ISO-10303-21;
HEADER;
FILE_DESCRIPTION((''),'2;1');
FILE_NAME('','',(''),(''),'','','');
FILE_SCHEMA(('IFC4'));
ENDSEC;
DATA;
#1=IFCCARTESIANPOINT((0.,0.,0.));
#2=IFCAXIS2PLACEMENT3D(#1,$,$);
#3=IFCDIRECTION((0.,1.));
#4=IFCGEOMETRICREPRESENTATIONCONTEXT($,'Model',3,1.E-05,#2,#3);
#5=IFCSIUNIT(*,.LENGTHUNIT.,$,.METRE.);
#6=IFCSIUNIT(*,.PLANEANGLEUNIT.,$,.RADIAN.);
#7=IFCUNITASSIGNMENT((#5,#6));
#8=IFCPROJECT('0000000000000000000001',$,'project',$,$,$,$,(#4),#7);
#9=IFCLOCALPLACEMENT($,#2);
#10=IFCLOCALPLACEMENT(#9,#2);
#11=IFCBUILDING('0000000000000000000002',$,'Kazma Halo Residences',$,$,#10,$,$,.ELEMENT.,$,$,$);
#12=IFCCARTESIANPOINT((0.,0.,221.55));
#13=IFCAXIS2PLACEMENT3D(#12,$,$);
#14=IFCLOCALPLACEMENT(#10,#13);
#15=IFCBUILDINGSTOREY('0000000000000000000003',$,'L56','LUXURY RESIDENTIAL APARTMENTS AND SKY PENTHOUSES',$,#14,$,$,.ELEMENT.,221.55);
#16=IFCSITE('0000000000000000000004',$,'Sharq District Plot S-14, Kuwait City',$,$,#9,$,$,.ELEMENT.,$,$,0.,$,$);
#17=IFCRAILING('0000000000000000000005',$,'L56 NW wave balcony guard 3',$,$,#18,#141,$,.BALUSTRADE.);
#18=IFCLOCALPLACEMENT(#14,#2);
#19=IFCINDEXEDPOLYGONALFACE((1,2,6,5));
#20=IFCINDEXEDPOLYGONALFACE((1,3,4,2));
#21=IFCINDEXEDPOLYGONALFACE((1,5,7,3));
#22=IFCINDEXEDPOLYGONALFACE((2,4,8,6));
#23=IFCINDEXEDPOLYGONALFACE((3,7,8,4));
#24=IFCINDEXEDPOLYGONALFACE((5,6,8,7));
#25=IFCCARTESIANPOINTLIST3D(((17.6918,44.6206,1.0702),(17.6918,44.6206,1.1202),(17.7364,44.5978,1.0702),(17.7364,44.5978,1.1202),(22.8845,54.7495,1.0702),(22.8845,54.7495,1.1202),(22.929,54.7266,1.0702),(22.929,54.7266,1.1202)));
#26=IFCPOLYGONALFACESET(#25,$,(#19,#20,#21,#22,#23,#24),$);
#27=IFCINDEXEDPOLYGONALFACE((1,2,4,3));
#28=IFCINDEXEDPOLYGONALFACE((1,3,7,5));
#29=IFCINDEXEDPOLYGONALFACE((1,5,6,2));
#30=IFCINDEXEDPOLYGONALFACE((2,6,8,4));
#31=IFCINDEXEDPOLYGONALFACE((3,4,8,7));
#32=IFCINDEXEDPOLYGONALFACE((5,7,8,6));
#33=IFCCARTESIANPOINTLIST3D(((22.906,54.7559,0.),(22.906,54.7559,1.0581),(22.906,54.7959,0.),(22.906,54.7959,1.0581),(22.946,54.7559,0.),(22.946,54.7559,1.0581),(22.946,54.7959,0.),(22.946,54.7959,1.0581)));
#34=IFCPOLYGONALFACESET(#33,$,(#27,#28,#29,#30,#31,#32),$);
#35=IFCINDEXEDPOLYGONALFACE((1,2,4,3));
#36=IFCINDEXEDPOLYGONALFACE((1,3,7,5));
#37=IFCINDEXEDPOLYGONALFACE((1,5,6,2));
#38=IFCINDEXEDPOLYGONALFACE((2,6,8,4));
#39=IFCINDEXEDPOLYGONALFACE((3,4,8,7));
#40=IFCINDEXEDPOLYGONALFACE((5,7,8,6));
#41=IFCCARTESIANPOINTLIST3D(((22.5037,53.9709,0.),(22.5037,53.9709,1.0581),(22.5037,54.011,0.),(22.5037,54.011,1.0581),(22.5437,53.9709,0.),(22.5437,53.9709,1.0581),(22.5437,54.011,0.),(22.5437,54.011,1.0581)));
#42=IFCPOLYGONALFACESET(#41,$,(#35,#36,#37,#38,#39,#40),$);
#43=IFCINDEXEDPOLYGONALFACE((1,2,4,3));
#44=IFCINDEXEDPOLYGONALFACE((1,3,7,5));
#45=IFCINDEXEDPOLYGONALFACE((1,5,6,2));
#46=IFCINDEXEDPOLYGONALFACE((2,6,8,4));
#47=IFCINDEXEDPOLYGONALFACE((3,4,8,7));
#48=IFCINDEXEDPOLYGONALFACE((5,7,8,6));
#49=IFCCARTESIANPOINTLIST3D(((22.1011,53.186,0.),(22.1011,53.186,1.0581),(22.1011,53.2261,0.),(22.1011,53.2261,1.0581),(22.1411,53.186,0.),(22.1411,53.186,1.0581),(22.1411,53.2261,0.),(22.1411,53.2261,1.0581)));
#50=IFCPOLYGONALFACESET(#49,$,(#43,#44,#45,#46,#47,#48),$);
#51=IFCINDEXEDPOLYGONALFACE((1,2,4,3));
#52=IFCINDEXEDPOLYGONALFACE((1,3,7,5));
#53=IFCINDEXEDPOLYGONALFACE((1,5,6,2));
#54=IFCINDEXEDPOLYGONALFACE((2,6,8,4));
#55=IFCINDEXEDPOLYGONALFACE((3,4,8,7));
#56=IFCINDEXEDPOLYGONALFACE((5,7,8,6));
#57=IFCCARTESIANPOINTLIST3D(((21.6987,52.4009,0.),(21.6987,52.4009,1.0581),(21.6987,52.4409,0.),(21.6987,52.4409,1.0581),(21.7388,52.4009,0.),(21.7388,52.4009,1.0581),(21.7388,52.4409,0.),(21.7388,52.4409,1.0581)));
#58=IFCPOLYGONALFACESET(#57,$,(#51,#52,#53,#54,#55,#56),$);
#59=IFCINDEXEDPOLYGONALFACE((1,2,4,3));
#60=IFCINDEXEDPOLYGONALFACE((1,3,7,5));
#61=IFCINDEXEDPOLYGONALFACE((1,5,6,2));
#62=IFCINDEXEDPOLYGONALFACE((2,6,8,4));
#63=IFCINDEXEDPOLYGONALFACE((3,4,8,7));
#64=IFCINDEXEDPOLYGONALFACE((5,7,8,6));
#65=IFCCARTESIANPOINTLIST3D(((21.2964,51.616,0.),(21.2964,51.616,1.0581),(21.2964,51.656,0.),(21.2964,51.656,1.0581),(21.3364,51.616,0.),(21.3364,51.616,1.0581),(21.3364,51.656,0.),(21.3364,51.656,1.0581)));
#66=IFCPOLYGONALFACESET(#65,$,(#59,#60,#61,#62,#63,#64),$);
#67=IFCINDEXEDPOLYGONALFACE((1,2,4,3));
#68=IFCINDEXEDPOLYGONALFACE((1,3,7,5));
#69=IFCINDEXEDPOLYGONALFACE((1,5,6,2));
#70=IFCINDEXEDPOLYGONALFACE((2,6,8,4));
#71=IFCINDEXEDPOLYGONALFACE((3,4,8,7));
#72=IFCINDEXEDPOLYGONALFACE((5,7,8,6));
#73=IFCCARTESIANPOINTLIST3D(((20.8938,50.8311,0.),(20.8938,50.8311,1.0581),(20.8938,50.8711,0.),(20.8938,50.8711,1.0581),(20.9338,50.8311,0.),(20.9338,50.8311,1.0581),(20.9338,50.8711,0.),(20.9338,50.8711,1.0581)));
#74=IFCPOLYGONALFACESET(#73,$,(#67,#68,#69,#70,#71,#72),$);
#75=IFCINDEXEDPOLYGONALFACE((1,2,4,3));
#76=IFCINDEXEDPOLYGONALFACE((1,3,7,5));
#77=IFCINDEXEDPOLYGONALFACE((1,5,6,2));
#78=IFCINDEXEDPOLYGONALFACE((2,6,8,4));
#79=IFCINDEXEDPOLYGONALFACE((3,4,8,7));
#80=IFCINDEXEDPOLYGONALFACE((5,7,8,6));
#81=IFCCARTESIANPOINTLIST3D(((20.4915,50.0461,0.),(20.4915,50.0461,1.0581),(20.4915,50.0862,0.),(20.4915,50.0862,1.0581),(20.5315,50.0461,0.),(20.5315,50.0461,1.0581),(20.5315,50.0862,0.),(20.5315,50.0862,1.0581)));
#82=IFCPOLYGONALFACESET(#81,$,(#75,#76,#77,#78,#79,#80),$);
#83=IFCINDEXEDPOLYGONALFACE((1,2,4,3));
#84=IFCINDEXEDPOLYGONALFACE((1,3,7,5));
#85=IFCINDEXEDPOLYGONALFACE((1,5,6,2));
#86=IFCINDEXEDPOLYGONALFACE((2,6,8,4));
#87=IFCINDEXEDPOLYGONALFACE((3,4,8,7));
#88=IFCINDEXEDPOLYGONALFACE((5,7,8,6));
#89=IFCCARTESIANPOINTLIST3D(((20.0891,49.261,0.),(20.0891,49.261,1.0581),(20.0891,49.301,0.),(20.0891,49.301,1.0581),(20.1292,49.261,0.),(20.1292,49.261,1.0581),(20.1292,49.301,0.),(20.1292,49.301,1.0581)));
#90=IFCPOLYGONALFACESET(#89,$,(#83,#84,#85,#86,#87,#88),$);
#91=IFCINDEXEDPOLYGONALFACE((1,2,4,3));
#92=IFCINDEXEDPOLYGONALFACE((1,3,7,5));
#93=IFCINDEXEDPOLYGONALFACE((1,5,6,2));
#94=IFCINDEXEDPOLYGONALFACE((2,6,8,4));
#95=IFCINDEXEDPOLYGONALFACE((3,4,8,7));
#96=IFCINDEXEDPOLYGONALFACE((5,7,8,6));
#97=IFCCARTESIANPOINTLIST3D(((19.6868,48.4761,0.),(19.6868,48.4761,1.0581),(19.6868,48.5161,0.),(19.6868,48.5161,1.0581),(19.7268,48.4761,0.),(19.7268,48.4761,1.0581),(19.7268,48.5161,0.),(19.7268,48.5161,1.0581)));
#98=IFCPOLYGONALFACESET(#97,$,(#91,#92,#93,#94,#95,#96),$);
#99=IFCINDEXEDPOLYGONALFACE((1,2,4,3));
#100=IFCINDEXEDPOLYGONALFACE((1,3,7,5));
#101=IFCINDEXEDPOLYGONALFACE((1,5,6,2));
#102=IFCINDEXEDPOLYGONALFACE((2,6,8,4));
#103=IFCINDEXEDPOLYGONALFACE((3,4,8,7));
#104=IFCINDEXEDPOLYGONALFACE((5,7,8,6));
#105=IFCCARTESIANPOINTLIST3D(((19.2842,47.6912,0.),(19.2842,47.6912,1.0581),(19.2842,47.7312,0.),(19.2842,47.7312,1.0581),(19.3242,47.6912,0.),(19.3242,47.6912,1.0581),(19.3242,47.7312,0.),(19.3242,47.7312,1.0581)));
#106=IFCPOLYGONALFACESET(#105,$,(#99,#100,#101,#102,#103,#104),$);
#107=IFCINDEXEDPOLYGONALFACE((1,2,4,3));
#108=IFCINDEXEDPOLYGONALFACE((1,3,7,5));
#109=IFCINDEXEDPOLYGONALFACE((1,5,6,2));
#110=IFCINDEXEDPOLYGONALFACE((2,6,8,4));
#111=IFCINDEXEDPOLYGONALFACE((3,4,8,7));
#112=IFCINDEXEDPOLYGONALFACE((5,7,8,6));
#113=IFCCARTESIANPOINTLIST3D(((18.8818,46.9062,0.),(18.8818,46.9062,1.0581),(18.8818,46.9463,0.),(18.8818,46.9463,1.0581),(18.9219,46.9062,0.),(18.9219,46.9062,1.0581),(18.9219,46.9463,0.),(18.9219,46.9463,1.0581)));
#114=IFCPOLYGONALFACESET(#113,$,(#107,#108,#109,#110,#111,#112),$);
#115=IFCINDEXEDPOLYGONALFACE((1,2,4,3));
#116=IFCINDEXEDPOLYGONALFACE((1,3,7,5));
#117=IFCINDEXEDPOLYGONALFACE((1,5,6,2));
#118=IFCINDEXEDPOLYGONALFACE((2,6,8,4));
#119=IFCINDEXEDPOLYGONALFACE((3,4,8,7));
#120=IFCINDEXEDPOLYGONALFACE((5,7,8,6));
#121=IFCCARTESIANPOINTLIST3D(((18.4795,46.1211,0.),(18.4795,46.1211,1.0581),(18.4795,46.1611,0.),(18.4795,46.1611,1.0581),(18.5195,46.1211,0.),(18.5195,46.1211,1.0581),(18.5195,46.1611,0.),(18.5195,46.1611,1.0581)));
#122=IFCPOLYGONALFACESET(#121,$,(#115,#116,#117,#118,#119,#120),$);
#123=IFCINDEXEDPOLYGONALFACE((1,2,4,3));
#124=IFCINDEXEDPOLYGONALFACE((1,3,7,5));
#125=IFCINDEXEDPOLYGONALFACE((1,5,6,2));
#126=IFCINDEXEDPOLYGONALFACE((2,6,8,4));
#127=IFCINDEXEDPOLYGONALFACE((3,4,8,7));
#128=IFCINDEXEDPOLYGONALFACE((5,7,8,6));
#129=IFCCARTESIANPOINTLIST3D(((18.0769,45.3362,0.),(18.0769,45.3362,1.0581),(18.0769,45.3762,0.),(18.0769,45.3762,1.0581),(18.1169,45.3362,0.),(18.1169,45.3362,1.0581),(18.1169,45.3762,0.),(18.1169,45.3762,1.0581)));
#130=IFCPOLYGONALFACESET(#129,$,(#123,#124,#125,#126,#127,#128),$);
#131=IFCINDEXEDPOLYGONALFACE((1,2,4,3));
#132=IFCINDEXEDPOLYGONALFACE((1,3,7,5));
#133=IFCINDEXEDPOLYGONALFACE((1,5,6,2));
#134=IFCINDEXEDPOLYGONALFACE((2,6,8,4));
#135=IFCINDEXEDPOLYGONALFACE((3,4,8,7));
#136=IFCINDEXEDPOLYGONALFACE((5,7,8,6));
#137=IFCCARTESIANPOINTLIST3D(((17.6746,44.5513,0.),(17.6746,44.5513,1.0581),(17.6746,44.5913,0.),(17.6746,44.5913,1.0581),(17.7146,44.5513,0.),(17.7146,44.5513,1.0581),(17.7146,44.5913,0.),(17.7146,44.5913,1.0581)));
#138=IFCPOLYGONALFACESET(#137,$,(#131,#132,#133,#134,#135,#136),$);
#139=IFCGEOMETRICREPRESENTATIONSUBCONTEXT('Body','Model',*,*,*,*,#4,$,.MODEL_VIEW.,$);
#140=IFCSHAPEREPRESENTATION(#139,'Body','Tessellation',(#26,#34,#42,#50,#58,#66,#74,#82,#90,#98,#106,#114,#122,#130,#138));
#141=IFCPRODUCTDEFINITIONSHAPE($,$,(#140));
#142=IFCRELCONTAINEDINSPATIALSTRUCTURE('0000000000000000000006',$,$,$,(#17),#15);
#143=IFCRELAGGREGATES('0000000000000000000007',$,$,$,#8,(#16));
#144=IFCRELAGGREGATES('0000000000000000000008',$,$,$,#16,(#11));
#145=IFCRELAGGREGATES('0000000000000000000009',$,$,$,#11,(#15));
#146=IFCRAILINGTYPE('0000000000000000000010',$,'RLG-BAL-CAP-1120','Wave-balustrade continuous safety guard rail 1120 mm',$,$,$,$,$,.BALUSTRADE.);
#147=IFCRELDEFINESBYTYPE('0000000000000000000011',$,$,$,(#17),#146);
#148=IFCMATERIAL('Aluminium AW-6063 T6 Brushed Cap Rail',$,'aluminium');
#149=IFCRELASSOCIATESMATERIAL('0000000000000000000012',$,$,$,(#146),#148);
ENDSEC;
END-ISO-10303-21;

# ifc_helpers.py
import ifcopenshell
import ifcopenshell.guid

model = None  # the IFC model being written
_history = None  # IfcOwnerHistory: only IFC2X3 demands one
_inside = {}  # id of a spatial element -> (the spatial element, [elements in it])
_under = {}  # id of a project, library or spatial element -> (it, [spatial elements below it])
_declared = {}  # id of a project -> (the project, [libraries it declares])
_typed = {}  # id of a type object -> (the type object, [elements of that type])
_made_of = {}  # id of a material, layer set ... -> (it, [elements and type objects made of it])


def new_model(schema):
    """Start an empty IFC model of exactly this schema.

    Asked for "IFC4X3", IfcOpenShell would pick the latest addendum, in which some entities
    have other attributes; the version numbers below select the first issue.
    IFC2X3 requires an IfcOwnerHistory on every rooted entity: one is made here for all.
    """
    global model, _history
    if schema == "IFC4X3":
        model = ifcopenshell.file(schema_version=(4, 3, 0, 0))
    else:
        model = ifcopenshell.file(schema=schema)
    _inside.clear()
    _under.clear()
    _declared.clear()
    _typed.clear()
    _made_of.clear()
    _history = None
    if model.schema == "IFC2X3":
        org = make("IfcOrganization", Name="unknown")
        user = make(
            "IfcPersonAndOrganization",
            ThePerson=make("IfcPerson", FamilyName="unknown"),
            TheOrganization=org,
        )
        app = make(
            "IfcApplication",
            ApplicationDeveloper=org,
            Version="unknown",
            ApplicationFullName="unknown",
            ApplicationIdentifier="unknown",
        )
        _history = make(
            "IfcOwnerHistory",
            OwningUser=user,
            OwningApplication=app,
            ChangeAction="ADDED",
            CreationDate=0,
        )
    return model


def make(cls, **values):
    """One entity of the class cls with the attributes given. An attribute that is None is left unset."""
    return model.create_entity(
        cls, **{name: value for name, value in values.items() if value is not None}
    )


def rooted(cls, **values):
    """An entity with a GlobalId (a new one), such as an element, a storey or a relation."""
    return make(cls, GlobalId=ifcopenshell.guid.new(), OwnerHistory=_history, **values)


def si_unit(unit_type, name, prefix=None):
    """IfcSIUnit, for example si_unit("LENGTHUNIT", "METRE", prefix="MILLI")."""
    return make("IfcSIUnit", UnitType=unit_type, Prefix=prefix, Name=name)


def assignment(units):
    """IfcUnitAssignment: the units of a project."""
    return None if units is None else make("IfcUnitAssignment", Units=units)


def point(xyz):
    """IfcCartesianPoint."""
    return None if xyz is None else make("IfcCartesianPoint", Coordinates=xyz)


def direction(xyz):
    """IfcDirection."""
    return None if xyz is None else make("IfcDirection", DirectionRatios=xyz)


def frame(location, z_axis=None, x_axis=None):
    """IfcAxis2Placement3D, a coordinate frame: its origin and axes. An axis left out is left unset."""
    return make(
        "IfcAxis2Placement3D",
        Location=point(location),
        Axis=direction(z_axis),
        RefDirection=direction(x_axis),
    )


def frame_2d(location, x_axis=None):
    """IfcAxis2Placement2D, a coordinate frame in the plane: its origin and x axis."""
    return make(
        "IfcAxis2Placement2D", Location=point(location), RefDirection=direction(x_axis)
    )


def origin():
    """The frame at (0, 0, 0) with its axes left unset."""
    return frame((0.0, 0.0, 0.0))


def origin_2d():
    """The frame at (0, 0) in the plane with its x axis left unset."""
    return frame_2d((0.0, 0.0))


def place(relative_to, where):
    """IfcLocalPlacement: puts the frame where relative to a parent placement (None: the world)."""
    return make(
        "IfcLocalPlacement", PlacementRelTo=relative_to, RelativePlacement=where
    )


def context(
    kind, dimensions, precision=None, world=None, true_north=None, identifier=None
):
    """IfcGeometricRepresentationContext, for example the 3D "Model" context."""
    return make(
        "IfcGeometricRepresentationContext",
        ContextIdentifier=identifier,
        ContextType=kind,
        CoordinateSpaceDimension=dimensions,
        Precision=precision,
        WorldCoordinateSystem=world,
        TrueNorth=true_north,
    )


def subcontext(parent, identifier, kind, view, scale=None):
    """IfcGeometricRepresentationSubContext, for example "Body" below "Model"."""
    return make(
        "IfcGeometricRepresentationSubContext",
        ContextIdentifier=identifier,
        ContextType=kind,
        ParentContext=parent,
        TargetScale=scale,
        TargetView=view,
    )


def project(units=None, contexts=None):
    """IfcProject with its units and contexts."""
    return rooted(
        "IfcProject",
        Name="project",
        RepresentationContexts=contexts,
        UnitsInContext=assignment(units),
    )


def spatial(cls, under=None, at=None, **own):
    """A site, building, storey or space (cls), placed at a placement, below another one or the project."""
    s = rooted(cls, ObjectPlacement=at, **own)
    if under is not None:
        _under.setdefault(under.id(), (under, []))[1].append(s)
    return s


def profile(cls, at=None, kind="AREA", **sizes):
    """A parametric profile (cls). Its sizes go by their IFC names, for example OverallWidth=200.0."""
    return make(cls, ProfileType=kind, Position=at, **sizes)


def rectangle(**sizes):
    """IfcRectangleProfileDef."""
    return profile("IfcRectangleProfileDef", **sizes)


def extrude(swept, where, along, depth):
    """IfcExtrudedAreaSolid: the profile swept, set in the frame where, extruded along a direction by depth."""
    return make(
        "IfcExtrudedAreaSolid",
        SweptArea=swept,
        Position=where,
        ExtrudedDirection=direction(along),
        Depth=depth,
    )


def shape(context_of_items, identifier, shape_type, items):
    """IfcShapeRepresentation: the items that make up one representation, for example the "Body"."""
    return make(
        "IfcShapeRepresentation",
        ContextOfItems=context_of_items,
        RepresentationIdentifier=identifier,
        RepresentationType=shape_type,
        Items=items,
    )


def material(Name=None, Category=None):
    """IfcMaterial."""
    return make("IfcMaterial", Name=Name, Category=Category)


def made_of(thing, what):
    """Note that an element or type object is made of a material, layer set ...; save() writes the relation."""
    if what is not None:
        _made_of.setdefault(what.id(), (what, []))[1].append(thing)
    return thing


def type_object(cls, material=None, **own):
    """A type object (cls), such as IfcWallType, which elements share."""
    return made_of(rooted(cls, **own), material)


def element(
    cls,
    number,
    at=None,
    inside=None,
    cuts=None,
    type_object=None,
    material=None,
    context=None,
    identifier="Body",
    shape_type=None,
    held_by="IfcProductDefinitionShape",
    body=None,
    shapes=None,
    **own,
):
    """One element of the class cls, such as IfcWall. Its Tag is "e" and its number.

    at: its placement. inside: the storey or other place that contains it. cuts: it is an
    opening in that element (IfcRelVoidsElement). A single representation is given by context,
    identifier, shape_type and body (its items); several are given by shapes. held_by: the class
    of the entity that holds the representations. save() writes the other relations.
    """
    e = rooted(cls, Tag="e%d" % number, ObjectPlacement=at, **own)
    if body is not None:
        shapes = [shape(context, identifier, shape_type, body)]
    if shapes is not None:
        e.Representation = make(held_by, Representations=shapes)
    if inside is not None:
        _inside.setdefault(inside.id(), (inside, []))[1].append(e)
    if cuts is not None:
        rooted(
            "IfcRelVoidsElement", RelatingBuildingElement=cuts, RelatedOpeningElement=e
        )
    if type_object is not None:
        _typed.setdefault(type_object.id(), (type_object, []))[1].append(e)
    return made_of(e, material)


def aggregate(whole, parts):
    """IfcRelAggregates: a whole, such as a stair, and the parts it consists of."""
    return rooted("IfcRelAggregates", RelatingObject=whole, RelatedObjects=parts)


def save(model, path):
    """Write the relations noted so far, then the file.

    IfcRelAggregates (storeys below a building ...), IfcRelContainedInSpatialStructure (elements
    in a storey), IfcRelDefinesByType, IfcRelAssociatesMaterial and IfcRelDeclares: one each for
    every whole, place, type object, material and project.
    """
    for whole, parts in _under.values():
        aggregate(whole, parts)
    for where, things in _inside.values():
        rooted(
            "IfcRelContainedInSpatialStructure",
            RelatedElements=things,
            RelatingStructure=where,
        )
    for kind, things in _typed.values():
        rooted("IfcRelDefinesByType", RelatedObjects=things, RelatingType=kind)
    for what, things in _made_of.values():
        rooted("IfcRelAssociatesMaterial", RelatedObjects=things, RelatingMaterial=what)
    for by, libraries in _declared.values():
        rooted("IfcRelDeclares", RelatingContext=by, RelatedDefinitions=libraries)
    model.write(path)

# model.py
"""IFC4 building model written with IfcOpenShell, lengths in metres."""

from ifc_helpers import new_model, si_unit, direction, frame, origin, origin_2d, place, context, subcontext, project, spatial, rectangle, extrude, material, type_object, element, save


model = new_model("IFC4")

# Units and contexts
model_context = context("Model", 3, precision=1e-05, world=origin(), true_north=direction((0.0, 1.0)))
body_context = subcontext(model_context, "Body", "Model", "MODEL_VIEW")
ifc_project = project(units=[si_unit("LENGTHUNIT", "METRE"), si_unit("PLANEANGLEUNIT", "RADIAN")], contexts=[model_context])

# Site, building, storey
site_placement = place(None, origin())
site = spatial("IfcSite", under=ifc_project, at=site_placement, Name="Sharq District Plot S-14, Kuwait City", CompositionType="ELEMENT", RefElevation=0.0)
building_placement = place(site_placement, origin())
building = spatial("IfcBuilding", under=site, at=building_placement, Name="Kazma Halo Residences", CompositionType="ELEMENT")
storey_placement = place(building_placement, frame((0.0, 0.0, 221.55)))
storey = spatial("IfcBuildingStorey", under=building, at=storey_placement, Name="L56", Description="LUXURY RESIDENTIAL APARTMENTS AND SKY PENTHOUSES", CompositionType="ELEMENT", Elevation=221.55)

# Railing
ifc_material_1 = material(Name="Aluminium AW-6063 T6 Brushed Cap Rail", Category="aluminium")
railing_type = type_object("IfcRailingType", Name="RLG-BAL-CAP-1120", Description="Wave-balustrade continuous safety guard rail 1120 mm", PredefinedType="BALUSTRADE", material=ifc_material_1)
railing_1_placement = place(storey_placement, frame((22.926, 54.7759, 0.0)))
element("IfcRailing", 1, at=railing_1_placement, inside=storey, type_object=railing_type, Name="L56 NW wave balcony guard 3", PredefinedType="BALUSTRADE", context=body_context, shape_type="SweptSolid", body=[
    extrude(rectangle(XDim=0.05, YDim=0.05, at=origin_2d()), frame((-0.0193, -0.0378, 1.0952), z_axis=(-0.456201, -0.889877, 0.0), x_axis=(0.889877, -0.456201, 0.0)), (0.0, 0.0, 1.0), 11.3823),
    extrude(rectangle(XDim=0.04, YDim=0.04, at=origin_2d()), origin(), (0.0, 0.0, 1.0), 1.0581),
    extrude(rectangle(XDim=0.04, YDim=0.04, at=origin_2d()), frame((-0.4023, -0.7849, 0.0)), (0.0, 0.0, 1.0), 1.0581),
    extrude(rectangle(XDim=0.04, YDim=0.04, at=origin_2d()), frame((-0.8049, -1.5698, 0.0)), (0.0, 0.0, 1.0), 1.0581),
    extrude(rectangle(XDim=0.04, YDim=0.04, at=origin_2d()), frame((-1.2073, -2.355, 0.0)), (0.0, 0.0, 1.0), 1.0581),
    extrude(rectangle(XDim=0.04, YDim=0.04, at=origin_2d()), frame((-1.6096, -3.1399, 0.0)), (0.0, 0.0, 1.0), 1.0581),
    extrude(rectangle(XDim=0.04, YDim=0.04, at=origin_2d()), frame((-2.0122, -3.9248, 0.0)), (0.0, 0.0, 1.0), 1.0581),
    extrude(rectangle(XDim=0.04, YDim=0.04, at=origin_2d()), frame((-2.4146, -4.7097, 0.0)), (0.0, 0.0, 1.0), 1.0581),
    extrude(rectangle(XDim=0.04, YDim=0.04, at=origin_2d()), frame((-2.8169, -5.4949, 0.0)), (0.0, 0.0, 1.0), 1.0581),
    extrude(rectangle(XDim=0.04, YDim=0.04, at=origin_2d()), frame((-3.2192, -6.2798, 0.0)), (0.0, 0.0, 1.0), 1.0581),
    extrude(rectangle(XDim=0.04, YDim=0.04, at=origin_2d()), frame((-3.6218, -7.0647, 0.0)), (0.0, 0.0, 1.0), 1.0581),
    extrude(rectangle(XDim=0.04, YDim=0.04, at=origin_2d()), frame((-4.0242, -7.8496, 0.0)), (0.0, 0.0, 1.0), 1.0581),
    extrude(rectangle(XDim=0.04, YDim=0.04, at=origin_2d()), frame((-4.4265, -8.6348, 0.0)), (0.0, 0.0, 1.0), 1.0581),
    extrude(rectangle(XDim=0.04, YDim=0.04, at=origin_2d()), frame((-4.8291, -9.4197, 0.0)), (0.0, 0.0, 1.0), 1.0581),
    extrude(rectangle(XDim=0.04, YDim=0.04, at=origin_2d()), frame((-5.2314, -10.2046, 0.0)), (0.0, 0.0, 1.0), 1.0581),
])

save(model, "model.ifc")
